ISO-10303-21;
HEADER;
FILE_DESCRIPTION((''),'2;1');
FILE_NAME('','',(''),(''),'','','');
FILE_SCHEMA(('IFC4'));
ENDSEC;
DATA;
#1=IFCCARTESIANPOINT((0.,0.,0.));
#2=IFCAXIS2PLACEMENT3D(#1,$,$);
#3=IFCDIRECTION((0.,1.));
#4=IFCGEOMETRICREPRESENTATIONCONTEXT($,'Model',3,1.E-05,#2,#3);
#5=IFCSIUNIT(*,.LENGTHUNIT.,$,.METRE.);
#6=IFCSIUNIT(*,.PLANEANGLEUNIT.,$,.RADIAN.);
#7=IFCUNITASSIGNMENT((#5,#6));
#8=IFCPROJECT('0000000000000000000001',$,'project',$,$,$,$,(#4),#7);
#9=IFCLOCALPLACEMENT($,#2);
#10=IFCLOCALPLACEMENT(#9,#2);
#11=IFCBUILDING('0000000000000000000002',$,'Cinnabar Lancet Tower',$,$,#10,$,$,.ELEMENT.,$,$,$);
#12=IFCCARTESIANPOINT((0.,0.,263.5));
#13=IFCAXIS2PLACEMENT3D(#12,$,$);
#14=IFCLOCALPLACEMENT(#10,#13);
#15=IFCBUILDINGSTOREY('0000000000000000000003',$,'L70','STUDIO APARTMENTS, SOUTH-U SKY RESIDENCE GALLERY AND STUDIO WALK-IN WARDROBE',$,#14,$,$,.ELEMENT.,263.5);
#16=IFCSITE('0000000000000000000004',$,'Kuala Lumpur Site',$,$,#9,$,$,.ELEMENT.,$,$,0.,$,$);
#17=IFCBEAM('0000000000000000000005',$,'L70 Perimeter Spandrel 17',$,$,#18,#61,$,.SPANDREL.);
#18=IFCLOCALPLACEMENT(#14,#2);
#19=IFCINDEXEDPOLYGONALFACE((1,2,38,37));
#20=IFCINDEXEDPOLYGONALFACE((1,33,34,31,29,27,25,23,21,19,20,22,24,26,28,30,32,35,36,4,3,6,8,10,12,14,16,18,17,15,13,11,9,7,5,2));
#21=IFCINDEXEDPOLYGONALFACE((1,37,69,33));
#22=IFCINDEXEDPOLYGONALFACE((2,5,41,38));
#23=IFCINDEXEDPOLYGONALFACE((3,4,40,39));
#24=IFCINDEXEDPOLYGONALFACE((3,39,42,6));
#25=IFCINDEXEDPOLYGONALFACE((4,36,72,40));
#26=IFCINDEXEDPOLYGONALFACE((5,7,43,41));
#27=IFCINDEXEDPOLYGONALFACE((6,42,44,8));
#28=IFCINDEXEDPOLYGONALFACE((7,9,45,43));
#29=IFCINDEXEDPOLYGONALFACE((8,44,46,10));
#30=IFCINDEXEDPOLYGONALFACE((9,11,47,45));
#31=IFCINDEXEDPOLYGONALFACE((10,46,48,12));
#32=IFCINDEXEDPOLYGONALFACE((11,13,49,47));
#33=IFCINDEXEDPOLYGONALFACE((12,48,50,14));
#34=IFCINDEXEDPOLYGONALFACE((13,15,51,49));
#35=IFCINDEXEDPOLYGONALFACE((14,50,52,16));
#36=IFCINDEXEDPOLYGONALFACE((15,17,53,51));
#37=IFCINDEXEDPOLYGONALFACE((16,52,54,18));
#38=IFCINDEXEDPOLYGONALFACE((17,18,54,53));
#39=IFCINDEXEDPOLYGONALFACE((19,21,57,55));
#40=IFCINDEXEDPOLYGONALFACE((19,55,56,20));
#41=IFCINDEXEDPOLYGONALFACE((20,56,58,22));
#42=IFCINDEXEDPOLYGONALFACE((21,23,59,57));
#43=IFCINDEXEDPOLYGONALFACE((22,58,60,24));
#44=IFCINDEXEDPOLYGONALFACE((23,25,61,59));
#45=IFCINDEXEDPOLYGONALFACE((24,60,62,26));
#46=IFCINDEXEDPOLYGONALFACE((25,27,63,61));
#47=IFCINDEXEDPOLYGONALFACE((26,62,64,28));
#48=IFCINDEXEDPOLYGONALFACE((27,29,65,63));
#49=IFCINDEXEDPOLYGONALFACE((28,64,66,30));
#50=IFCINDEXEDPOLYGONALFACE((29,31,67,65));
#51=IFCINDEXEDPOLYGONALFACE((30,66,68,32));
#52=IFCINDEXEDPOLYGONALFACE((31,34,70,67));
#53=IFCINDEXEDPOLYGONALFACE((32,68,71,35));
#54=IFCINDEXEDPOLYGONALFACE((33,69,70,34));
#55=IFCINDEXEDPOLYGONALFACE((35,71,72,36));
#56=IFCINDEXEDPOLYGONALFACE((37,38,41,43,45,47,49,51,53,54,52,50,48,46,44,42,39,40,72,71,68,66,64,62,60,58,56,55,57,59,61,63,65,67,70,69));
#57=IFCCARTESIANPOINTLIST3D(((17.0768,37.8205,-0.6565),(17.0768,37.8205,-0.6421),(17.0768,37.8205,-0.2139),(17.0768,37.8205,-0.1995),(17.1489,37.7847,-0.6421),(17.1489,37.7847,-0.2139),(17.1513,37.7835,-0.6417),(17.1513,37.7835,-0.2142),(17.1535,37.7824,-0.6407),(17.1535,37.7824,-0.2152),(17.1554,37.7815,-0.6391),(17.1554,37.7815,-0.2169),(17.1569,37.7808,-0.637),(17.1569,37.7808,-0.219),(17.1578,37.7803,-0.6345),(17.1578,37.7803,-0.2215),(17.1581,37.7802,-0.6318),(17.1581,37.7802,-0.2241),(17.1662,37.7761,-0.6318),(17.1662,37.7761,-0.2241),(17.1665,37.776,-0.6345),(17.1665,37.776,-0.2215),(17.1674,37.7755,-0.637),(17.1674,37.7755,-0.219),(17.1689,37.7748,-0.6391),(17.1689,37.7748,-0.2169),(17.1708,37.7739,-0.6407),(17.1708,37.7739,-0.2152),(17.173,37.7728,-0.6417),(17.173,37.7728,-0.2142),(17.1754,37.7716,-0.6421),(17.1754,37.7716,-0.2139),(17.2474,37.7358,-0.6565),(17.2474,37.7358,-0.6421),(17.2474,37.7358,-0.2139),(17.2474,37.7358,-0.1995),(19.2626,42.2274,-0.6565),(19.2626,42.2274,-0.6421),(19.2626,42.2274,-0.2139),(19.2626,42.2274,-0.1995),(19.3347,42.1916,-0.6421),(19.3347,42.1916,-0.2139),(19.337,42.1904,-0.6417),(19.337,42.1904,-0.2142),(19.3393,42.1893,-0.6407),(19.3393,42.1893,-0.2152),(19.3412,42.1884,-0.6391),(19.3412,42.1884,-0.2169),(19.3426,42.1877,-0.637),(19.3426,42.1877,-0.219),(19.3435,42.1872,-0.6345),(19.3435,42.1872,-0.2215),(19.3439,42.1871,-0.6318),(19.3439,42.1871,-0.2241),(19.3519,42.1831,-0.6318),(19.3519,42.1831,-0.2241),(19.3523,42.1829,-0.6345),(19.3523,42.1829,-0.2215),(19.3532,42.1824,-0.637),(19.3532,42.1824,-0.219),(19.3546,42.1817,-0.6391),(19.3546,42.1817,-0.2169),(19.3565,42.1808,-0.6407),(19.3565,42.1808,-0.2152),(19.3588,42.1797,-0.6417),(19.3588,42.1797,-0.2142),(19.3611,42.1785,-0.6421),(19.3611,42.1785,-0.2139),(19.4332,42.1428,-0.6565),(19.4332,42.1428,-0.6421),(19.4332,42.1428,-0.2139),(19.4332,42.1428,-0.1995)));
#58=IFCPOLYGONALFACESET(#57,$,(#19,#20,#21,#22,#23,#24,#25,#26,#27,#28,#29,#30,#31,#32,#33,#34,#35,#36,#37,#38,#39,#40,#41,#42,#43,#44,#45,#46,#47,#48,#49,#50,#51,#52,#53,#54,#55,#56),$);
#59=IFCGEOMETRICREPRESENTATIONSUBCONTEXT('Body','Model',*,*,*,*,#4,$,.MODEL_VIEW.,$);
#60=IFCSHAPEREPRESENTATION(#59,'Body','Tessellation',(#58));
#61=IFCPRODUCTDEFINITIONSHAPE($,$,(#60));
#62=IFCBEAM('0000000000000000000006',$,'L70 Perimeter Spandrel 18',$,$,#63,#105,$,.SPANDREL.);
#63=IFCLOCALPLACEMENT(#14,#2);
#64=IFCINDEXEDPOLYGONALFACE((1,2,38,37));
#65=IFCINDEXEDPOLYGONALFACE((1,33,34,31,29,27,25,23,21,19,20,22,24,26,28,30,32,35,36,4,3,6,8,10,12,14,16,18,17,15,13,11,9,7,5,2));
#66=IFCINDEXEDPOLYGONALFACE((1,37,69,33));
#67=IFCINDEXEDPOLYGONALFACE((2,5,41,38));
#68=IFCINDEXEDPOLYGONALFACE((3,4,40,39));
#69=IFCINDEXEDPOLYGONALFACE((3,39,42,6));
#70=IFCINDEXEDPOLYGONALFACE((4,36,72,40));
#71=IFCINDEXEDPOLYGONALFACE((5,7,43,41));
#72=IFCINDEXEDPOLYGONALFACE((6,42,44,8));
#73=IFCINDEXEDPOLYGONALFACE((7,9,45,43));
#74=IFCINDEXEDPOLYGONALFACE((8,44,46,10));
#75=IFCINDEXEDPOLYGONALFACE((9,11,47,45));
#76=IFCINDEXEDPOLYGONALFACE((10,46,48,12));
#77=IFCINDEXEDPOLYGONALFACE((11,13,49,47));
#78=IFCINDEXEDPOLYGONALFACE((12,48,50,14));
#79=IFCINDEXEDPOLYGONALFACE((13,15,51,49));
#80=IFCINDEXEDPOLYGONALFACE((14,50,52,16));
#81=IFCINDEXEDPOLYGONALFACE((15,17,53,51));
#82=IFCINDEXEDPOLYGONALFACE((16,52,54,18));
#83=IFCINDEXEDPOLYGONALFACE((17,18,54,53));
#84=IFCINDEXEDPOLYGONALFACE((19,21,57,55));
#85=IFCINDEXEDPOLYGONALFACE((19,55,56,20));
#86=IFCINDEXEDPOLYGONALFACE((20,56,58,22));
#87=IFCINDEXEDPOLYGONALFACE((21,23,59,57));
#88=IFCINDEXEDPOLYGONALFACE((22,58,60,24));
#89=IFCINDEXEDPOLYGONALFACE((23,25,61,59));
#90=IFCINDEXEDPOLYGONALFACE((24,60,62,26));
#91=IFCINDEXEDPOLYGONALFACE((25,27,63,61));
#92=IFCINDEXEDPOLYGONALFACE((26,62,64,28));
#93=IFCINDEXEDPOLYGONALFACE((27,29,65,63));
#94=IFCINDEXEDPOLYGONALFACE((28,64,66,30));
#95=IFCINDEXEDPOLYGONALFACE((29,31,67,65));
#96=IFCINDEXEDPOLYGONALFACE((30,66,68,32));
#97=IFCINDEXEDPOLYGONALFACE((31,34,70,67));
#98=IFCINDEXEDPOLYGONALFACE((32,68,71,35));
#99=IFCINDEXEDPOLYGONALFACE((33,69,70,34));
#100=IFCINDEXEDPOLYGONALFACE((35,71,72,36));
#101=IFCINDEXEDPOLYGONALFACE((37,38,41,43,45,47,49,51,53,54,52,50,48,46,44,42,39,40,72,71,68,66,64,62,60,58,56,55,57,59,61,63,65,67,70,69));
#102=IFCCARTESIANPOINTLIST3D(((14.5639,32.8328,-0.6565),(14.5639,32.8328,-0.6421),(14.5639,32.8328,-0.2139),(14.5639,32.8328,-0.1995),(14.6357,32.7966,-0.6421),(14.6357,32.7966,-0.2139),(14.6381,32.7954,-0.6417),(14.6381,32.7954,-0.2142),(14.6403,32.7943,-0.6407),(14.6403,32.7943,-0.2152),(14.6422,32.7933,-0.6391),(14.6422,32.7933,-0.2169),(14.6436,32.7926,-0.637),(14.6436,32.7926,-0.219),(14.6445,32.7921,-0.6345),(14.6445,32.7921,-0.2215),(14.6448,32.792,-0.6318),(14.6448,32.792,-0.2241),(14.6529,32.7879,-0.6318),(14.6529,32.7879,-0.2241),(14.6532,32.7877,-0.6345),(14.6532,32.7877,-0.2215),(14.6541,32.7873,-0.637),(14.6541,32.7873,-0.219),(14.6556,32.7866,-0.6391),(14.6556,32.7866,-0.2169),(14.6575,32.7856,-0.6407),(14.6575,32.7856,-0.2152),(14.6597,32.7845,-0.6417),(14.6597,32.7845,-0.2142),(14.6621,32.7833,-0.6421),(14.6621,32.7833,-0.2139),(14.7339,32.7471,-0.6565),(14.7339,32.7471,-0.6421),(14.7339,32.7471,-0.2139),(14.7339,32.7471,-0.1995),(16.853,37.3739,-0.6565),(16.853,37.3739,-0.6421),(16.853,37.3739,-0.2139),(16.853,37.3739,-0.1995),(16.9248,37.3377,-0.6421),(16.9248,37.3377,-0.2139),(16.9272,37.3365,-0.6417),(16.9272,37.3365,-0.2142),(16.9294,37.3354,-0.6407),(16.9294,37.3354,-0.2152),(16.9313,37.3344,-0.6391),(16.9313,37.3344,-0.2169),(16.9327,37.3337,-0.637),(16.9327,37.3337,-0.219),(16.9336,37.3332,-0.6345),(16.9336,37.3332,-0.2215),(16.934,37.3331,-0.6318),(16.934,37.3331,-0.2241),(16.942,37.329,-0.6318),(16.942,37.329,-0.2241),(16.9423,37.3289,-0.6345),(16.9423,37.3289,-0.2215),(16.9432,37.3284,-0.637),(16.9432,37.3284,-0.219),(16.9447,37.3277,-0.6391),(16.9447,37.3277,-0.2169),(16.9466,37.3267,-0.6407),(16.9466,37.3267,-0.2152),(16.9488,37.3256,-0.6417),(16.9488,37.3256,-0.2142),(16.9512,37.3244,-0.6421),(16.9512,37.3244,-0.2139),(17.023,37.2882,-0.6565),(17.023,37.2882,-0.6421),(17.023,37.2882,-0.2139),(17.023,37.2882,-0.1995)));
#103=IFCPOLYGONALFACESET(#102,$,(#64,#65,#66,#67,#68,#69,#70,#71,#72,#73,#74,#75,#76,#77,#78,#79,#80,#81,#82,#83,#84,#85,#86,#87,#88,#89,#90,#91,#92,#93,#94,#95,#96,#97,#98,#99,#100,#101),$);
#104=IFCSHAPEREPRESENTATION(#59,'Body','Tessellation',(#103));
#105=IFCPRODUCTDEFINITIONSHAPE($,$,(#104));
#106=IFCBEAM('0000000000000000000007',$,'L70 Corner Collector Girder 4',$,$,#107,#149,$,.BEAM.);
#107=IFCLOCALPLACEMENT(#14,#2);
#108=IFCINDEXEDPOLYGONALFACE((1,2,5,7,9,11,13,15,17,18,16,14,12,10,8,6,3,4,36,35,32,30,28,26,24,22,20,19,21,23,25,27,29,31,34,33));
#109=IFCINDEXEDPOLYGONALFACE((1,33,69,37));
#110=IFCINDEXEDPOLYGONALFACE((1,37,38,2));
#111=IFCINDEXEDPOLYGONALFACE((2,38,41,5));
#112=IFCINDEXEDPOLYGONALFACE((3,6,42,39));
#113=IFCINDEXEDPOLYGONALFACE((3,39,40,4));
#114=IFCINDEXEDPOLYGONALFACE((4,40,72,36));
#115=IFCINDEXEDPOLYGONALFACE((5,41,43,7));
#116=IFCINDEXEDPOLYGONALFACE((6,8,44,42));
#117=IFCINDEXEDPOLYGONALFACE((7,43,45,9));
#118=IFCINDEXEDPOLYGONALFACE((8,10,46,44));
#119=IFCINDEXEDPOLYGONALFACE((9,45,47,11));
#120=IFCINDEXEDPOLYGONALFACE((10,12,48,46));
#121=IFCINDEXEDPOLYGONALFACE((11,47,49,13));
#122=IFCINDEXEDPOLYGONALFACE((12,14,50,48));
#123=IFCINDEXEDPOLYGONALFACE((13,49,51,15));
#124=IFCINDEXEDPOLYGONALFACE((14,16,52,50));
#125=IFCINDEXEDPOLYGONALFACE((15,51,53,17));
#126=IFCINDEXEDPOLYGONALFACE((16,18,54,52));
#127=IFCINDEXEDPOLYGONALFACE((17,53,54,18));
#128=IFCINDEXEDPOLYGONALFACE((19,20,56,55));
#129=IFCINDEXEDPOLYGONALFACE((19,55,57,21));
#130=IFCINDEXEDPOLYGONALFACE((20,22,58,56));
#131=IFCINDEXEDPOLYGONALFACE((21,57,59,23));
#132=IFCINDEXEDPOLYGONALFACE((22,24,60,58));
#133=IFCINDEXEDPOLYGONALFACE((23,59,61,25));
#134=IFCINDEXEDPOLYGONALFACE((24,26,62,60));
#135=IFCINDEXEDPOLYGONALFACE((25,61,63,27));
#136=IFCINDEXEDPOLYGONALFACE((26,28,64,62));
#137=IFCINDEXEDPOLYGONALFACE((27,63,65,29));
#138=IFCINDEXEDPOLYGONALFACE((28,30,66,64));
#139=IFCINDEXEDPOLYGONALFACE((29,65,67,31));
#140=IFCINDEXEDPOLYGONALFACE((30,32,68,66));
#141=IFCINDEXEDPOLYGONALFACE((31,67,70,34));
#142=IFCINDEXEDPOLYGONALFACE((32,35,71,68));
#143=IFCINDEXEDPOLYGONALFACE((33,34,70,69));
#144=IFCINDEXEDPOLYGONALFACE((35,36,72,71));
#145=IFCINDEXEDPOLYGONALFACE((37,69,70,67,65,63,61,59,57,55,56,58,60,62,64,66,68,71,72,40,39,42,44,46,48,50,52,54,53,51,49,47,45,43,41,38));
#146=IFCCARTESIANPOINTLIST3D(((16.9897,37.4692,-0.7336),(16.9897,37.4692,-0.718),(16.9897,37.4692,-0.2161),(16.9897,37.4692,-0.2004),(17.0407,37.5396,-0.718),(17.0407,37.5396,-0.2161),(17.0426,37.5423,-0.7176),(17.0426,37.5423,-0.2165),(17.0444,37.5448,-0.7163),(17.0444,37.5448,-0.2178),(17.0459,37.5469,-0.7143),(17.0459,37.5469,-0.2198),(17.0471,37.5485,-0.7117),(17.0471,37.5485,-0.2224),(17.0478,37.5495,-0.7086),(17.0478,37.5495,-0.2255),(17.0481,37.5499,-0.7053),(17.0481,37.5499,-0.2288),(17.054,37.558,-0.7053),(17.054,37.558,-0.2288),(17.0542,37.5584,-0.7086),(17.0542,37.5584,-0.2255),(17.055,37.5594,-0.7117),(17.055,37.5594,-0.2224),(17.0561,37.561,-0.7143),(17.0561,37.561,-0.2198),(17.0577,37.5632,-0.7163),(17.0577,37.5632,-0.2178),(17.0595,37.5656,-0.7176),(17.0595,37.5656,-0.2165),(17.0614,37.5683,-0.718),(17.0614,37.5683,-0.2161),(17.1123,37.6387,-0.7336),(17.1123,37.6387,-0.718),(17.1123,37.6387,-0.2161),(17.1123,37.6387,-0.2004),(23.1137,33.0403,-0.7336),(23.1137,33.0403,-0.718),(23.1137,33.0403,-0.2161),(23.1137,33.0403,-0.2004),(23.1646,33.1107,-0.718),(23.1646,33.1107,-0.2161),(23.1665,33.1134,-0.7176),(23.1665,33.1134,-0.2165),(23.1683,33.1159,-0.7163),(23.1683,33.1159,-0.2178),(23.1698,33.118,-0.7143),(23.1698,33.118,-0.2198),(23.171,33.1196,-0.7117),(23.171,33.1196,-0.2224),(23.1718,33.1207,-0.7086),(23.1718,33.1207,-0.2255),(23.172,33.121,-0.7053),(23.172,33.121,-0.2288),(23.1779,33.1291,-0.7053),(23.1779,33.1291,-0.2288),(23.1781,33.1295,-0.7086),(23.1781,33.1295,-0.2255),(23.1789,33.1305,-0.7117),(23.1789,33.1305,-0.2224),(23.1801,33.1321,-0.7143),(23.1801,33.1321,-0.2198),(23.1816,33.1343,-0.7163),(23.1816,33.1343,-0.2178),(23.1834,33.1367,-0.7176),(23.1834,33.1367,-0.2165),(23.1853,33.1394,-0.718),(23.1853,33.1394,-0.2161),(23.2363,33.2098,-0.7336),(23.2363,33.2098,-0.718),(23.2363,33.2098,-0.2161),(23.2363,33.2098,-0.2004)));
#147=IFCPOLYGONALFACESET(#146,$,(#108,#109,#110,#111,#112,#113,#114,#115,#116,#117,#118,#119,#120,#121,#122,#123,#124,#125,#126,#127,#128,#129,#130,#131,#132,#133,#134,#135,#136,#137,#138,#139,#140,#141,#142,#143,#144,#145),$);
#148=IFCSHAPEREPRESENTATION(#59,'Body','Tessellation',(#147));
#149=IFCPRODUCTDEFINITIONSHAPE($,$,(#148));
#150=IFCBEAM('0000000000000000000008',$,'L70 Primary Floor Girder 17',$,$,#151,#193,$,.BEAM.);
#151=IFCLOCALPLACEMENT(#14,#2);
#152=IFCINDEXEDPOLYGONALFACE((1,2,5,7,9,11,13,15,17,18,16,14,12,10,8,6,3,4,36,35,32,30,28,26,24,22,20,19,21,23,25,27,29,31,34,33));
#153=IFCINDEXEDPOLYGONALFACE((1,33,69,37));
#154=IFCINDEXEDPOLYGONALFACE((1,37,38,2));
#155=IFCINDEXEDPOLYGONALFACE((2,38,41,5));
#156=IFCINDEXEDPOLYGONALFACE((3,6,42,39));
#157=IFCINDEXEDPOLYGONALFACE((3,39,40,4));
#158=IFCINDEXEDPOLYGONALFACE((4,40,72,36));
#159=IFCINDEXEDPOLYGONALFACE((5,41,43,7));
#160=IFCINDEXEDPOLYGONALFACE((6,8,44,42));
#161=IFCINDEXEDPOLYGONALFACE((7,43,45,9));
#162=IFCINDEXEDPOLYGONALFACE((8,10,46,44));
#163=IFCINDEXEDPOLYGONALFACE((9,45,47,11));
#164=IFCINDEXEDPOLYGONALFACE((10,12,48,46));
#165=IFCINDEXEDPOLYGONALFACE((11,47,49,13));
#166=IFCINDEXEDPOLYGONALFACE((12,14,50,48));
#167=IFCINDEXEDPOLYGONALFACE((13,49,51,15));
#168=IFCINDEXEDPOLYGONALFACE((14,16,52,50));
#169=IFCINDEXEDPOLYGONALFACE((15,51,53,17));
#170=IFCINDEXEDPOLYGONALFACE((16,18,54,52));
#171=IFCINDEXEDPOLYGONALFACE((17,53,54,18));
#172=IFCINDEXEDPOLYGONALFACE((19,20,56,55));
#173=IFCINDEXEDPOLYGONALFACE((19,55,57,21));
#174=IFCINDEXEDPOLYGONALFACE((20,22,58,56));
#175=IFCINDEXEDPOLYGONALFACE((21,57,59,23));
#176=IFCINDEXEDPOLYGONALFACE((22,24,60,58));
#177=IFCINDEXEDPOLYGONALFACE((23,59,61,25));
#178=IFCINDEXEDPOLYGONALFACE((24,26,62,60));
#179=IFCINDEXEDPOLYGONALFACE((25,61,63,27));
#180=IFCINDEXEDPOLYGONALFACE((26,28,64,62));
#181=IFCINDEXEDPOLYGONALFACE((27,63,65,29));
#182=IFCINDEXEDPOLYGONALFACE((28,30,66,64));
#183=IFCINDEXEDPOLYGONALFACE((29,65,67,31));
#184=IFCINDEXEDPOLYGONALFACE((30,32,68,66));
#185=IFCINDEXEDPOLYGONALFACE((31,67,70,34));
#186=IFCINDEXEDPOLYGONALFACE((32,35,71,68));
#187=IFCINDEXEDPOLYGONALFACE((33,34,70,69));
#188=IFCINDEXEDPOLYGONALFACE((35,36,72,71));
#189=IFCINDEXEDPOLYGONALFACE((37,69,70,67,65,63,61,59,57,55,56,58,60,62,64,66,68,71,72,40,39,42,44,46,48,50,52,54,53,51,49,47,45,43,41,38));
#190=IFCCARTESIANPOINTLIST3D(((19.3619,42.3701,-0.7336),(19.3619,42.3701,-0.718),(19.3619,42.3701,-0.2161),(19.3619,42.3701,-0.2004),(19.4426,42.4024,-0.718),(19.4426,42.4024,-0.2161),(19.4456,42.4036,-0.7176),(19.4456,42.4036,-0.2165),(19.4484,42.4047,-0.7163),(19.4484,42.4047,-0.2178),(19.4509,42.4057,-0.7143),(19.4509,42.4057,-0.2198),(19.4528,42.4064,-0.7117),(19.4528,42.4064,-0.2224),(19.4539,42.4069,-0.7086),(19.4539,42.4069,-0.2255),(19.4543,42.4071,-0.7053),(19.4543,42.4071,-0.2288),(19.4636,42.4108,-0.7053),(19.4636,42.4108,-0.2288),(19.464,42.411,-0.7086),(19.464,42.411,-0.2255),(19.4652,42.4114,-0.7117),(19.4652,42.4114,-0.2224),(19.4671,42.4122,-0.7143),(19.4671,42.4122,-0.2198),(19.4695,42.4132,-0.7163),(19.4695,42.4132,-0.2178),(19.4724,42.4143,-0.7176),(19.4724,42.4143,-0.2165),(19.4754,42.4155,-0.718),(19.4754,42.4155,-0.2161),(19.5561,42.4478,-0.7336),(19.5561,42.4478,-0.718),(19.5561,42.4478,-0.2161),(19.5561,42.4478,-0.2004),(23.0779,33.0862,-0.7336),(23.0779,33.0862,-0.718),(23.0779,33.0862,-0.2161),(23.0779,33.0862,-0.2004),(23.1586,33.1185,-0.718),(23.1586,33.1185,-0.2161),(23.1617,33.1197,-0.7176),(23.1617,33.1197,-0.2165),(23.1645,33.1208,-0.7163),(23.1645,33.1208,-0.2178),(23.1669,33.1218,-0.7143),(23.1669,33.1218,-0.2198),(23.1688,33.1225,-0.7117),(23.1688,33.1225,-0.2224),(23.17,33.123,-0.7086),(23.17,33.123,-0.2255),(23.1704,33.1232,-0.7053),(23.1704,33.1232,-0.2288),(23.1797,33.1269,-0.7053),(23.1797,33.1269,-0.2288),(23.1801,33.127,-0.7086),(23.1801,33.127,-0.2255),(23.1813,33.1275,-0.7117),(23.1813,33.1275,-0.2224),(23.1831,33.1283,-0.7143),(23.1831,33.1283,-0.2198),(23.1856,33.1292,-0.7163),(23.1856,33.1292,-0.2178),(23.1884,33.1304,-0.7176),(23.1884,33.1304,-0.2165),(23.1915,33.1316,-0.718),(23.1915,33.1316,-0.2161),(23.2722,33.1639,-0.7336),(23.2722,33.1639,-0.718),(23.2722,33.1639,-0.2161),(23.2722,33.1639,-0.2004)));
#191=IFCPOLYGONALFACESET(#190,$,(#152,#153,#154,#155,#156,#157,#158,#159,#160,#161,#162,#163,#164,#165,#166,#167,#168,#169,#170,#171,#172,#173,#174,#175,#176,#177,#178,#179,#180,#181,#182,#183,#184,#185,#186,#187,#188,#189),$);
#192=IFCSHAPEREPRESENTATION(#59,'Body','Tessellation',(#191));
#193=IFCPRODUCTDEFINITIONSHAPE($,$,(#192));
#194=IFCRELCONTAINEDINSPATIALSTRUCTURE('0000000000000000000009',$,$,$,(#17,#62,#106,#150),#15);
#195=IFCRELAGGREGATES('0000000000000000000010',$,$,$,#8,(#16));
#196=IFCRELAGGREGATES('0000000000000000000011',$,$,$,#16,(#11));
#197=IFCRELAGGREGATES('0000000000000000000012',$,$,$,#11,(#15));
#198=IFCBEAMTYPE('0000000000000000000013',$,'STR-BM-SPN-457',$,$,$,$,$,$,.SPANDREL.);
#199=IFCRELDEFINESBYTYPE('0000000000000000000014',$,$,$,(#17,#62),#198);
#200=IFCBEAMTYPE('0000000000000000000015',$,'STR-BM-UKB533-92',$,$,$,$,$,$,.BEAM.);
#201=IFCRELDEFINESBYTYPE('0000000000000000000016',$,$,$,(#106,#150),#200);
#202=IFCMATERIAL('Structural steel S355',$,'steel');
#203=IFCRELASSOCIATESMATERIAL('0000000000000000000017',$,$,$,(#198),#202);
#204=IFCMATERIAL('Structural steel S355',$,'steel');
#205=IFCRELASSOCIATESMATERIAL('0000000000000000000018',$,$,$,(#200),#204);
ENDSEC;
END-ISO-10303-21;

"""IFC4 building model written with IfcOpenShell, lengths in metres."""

from ifc_helpers import new_model, si_unit, direction, frame, origin, origin_2d, place, context, subcontext, project, spatial, i_section, extrude, material, material_profile, profile_set, type_object, element, save


model = new_model("IFC4")

# Units and contexts
model_context = context("Model", 3, precision=1e-05, world=origin(), true_north=direction((0.0, 1.0)))
body_context = subcontext(model_context, "Body", "Model", "MODEL_VIEW")
ifc_project = project(units=[si_unit("LENGTHUNIT", "METRE"), si_unit("PLANEANGLEUNIT", "RADIAN")], contexts=[model_context])

# Site, building, storey
site_placement = place(None, origin())
site = spatial("IfcSite", under=ifc_project, at=site_placement, Name="Kuala Lumpur Site", CompositionType="ELEMENT", RefElevation=0.0)
building_placement = place(site_placement, origin())
building = spatial("IfcBuilding", under=site, at=building_placement, Name="Cinnabar Lancet Tower", CompositionType="ELEMENT")
storey_placement = place(building_placement, frame((0.0, 0.0, 263.5)))
storey = spatial("IfcBuildingStorey", under=building, at=storey_placement, Name="L70", Description="STUDIO APARTMENTS, SOUTH-U SKY RESIDENCE GALLERY AND STUDIO WALK-IN WARDROBE", CompositionType="ELEMENT", Elevation=263.5)

# Beams
ifc_material_1 = material(Name="Structural steel S355", Category="steel")
ifc_material_profile_1 = material_profile(ifc_material_1, i_section(OverallWidth=0.1904, OverallDepth=0.457, WebThickness=0.009, FlangeThickness=0.0144, FilletRadius=0.0103, at=origin_2d()), Name="UKB 457x191x74")
ifc_profile_set_1 = profile_set([ifc_material_profile_1], Name="Structural steel S355")
beam_type_1 = type_object("IfcBeamType", Name="STR-BM-SPN-457", PredefinedType="SPANDREL", material=ifc_profile_set_1)
beam_1_placement = place(storey_placement, frame((19.3479, 42.1851, -0.428), z_axis=(-0.444333, -0.895862, 0.0), x_axis=(0.895862, -0.444333, 0.0)))
element("IfcBeam", 1, at=beam_1_placement, inside=storey, type_object=beam_type_1, Name="L70 Perimeter Spandrel 17", PredefinedType="SPANDREL", context=body_context, shape_type="SweptSolid", body=[
    extrude(i_section(OverallWidth=0.1904, OverallDepth=0.457, WebThickness=0.009, FlangeThickness=0.0144, FilletRadius=0.0103, at=origin_2d()), origin(), (0.0, 0.0, 1.0), 4.9192),
])
beam_2_placement = place(storey_placement, frame((16.938, 37.3311, -0.428), z_axis=(-0.45013, -0.892963, 0.0), x_axis=(0.892963, -0.45013, 0.0)))
element("IfcBeam", 2, at=beam_2_placement, inside=storey, type_object=beam_type_1, Name="L70 Perimeter Spandrel 18", PredefinedType="SPANDREL", context=body_context, shape_type="SweptSolid", body=[
    extrude(i_section(OverallWidth=0.1904, OverallDepth=0.457, WebThickness=0.009, FlangeThickness=0.0144, FilletRadius=0.0103, at=origin_2d()), origin(), (0.0, 0.0, 1.0), 5.0854),
])
ifc_material_2 = material(Name="Structural steel S355", Category="steel")
ifc_material_profile_2 = material_profile(ifc_material_2, i_section(OverallWidth=0.2092, OverallDepth=0.5332, WebThickness=0.01, FlangeThickness=0.0156, FilletRadius=0.0127, at=origin_2d()), Name="UKB 533x210x92")
ifc_profile_set_2 = profile_set([ifc_material_profile_2], Name="Structural steel S355")
beam_type_2 = type_object("IfcBeamType", Name="STR-BM-UKB533-92", PredefinedType="BEAM", material=ifc_profile_set_2)
beam_3_placement = place(storey_placement, frame((17.051, 37.554, -0.467), z_axis=(0.810299, -0.586016, 0.0), x_axis=(0.586016, 0.810299, 0.0)))
element("IfcBeam", 3, at=beam_3_placement, inside=storey, type_object=beam_type_2, Name="L70 Corner Collector Girder 4", PredefinedType="BEAM", context=body_context, shape_type="SweptSolid", body=[
    extrude(i_section(OverallWidth=0.2092, OverallDepth=0.5332, WebThickness=0.01, FlangeThickness=0.0156, FilletRadius=0.0127, at=origin_2d()), origin(), (0.0, 0.0, 1.0), 7.5576),
])
beam_4_placement = place(storey_placement, frame((19.459, 42.4089, -0.467), z_axis=(0.371605, -0.928391, 0.0), x_axis=(0.928391, 0.371605, 0.0)))
element("IfcBeam", 4, at=beam_4_placement, inside=storey, type_object=beam_type_2, Name="L70 Primary Floor Girder 17", PredefinedType="BEAM", context=body_context, shape_type="SweptSolid", body=[
    extrude(i_section(OverallWidth=0.2092, OverallDepth=0.5332, WebThickness=0.01, FlangeThickness=0.0156, FilletRadius=0.0127, at=origin_2d()), origin(), (0.0, 0.0, 1.0), 10.0),
])

save(model, "model.ifc")
